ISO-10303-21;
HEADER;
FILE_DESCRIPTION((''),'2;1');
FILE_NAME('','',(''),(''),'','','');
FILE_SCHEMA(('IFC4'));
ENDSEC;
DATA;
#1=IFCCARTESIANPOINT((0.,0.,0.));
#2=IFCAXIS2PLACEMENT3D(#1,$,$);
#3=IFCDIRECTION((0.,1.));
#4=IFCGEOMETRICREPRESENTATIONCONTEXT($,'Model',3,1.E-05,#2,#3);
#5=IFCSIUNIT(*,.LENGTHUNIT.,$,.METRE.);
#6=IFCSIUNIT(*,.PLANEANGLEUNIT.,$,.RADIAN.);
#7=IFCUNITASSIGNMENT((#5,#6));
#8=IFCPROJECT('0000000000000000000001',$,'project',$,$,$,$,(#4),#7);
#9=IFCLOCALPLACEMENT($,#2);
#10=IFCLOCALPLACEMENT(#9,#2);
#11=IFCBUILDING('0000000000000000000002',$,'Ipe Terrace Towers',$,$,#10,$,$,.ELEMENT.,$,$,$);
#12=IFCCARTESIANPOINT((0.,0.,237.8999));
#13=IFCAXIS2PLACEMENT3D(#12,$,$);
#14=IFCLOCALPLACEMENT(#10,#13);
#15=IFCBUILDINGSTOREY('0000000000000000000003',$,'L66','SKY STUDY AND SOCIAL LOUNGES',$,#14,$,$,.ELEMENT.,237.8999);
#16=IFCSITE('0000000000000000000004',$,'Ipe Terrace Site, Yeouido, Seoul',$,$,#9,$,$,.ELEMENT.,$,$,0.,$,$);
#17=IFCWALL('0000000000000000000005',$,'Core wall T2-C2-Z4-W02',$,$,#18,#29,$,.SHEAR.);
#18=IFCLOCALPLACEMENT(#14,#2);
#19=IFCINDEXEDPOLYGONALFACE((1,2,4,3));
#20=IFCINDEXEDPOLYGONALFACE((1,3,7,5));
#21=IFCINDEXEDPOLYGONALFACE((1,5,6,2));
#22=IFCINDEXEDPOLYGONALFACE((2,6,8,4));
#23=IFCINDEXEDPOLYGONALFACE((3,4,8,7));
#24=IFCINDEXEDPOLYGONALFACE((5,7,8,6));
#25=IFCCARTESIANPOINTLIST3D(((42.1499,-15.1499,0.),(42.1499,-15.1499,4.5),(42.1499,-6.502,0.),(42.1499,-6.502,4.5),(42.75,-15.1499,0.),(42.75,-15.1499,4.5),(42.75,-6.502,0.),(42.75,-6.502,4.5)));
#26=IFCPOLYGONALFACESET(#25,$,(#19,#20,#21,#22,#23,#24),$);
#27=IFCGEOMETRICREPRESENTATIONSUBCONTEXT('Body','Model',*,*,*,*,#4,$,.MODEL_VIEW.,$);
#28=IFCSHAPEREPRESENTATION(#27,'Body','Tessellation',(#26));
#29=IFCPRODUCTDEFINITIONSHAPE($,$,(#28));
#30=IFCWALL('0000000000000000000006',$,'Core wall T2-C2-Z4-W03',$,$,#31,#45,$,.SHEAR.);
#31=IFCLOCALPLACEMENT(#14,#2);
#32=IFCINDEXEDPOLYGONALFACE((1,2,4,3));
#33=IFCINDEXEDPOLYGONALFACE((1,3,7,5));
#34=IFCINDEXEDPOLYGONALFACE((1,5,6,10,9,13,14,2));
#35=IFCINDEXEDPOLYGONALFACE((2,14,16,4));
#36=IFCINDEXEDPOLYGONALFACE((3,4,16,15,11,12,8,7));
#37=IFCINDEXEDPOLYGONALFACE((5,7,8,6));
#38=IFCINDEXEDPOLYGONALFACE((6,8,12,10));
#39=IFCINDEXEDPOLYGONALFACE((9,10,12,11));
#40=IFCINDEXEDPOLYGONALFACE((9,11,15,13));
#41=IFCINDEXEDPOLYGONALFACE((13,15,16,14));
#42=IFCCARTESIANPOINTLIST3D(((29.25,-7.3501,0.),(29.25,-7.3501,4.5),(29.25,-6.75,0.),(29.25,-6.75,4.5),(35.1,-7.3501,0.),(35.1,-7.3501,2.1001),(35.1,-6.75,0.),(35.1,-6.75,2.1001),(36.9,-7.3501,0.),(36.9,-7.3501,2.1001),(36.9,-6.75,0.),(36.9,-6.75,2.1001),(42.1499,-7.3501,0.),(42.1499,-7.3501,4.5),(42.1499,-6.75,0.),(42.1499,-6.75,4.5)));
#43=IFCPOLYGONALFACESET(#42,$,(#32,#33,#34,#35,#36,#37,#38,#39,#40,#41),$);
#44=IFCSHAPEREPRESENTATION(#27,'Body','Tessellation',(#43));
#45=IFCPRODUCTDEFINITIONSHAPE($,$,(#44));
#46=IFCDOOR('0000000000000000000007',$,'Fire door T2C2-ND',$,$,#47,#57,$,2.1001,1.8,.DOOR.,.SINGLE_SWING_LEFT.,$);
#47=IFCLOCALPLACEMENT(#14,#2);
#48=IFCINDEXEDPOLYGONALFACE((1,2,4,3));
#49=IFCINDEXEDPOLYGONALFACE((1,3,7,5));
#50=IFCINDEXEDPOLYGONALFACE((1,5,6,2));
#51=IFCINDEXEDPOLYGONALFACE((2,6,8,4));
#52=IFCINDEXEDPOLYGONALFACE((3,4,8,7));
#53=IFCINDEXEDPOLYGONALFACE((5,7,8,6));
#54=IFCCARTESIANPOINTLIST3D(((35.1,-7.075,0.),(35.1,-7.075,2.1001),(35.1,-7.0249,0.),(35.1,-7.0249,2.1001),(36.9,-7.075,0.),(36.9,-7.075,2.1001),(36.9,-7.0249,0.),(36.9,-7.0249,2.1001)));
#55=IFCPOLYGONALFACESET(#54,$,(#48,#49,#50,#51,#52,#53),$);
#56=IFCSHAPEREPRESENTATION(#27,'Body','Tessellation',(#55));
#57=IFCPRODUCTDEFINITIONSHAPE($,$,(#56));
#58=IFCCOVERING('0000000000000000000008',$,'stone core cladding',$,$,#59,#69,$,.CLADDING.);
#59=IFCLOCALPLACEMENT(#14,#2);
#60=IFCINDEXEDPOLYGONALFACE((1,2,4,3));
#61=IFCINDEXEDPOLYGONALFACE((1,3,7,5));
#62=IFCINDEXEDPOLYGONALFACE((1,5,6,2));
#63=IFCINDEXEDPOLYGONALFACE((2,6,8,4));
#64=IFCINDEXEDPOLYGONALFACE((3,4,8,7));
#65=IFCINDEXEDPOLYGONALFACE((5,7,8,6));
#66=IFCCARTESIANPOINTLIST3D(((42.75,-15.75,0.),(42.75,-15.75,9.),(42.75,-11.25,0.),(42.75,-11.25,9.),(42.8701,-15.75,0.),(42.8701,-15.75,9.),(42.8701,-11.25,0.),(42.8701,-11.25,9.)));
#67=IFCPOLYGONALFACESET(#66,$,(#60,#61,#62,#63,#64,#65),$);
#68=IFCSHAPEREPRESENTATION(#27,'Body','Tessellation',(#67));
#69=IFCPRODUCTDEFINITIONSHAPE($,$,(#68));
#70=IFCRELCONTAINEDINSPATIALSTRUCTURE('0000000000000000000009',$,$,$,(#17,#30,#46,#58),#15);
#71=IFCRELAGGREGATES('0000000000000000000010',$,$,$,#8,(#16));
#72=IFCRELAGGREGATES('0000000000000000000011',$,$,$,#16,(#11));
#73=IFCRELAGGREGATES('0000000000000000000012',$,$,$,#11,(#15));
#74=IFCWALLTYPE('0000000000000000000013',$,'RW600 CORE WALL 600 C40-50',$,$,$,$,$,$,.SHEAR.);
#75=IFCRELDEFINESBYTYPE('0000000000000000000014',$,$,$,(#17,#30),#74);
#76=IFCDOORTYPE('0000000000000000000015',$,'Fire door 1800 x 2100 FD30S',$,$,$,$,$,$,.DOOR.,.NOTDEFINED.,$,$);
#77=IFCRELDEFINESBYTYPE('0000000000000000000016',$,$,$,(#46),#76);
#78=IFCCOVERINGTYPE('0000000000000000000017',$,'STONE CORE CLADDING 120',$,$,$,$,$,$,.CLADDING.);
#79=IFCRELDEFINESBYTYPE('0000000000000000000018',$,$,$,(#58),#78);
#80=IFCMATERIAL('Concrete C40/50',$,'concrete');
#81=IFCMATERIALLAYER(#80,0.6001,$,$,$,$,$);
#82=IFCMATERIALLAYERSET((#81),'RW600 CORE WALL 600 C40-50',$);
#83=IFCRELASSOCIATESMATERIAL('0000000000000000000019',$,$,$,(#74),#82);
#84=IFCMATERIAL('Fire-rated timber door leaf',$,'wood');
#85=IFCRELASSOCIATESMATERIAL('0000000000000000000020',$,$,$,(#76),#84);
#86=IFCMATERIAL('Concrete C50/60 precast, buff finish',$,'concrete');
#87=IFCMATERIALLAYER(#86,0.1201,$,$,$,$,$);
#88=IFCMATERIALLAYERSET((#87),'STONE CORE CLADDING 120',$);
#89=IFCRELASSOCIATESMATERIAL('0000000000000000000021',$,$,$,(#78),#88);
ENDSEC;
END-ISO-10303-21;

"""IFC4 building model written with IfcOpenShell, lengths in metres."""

from ifc_helpers import new_model, si_unit, direction, frame, frame_2d, origin, origin_2d, place, context, subcontext, project, spatial, rectangle, extrude, material, layer, layer_set, type_object, element, fill, save


model = new_model("IFC4")

# Units and contexts
model_context = context("Model", 3, precision=1e-05, world=origin(), true_north=direction((0.0, 1.0)))
body_context = subcontext(model_context, "Body", "Model", "MODEL_VIEW")
ifc_project = project(units=[si_unit("LENGTHUNIT", "METRE"), si_unit("PLANEANGLEUNIT", "RADIAN")], contexts=[model_context])

# Site, building, storey
site_placement = place(None, origin())
site = spatial("IfcSite", under=ifc_project, at=site_placement, Name="Ipe Terrace Site, Yeouido, Seoul", CompositionType="ELEMENT", RefElevation=0.0)
building_placement = place(site_placement, origin())
building = spatial("IfcBuilding", under=site, at=building_placement, Name="Ipe Terrace Towers", CompositionType="ELEMENT")
storey_placement = place(building_placement, frame((0.0, 0.0, 237.8999)))
storey = spatial("IfcBuildingStorey", under=building, at=storey_placement, Name="L66", Description="SKY STUDY AND SOCIAL LOUNGES", CompositionType="ELEMENT", Elevation=237.8999)

# Wall
ifc_material_1 = material(Name="Concrete C40/50", Category="concrete")
ifc_layer_1 = layer(ifc_material_1, 0.6001)
ifc_layer_set_1 = layer_set([ifc_layer_1], Name="RW600 CORE WALL 600 C40-50")
wall_type_1 = type_object("IfcWallType", Name="RW600 CORE WALL 600 C40-50", PredefinedType="SHEAR", material=ifc_layer_set_1)
wall_1_placement = place(storey_placement, frame((42.45, -15.1499, 0.0), z_axis=(0.0, 0.0, 1.0), x_axis=(0.0, 1.0, 0.0)))
element("IfcWall", 1, at=wall_1_placement, inside=storey, type_object=wall_type_1, Name="Core wall T2-C2-Z4-W02", PredefinedType="SHEAR", context=body_context, shape_type="SweptSolid", body=[
    extrude(rectangle(XDim=8.6479, YDim=0.6001, at=frame_2d((4.324, 0.0))), origin(), (0.0, 0.0, 1.0), 4.5),
])

# Wall, opening, door
wall_2_placement = place(storey_placement, frame((42.1499, -7.05, 0.0), z_axis=(0.0, 0.0, 1.0), x_axis=(-1.0, 0.0, 0.0)))
wall_2 = element("IfcWall", 2, at=wall_2_placement, inside=storey, type_object=wall_type_1, Name="Core wall T2-C2-Z4-W03", PredefinedType="SHEAR", context=body_context, shape_type="SweptSolid", body=[
    extrude(rectangle(XDim=12.8999, YDim=0.6001, at=frame_2d((6.45, 0.0))), origin(), (0.0, 0.0, 1.0), 4.5),
])
opening_1_placement = place(wall_2_placement, frame((5.25, 0.0, 0.0)))
opening_1 = element("IfcOpeningElement", 3, at=opening_1_placement, cuts=wall_2, PredefinedType="OPENING", context=body_context, shape_type="SweptSolid", body=[
    extrude(rectangle(XDim=1.8, YDim=2.1001, at=frame_2d((0.8999, 1.05))), frame((0.0, 0.3101, 0.0), z_axis=(0.0, -1.0, 0.0), x_axis=(1.0, 0.0, 0.0)), (0.0, 0.0, 1.0), 0.6201),
])
ifc_material_2 = material(Name="Fire-rated timber door leaf", Category="wood")
door_type_1 = type_object("IfcDoorType", Name="Fire door 1800 x 2100 FD30S", OperationType="NOTDEFINED", PredefinedType="DOOR", material=ifc_material_2)
door_1_placement = place(opening_1_placement, origin())
door_1 = element("IfcDoor", 4, at=door_1_placement, inside=storey, type_object=door_type_1, Name="Fire door T2C2-ND", OperationType="SINGLE_SWING_LEFT", OverallHeight=2.1001, OverallWidth=1.8, PredefinedType="DOOR", context=body_context, shape_type="SweptSolid", body=[
    extrude(rectangle(XDim=1.8, YDim=2.1001, at=frame_2d((0.8999, 1.05))), frame((0.0, 0.0249, 0.0), z_axis=(0.0, -1.0, 0.0), x_axis=(1.0, 0.0, 0.0)), (0.0, 0.0, 1.0), 0.05),
])
fill(opening_1, door_1)

# Covering
ifc_material_3 = material(Name="Concrete C50/60 precast, buff finish", Category="concrete")
ifc_layer_2 = layer(ifc_material_3, 0.1201)
ifc_layer_set_2 = layer_set([ifc_layer_2], Name="STONE CORE CLADDING 120")
covering_type = type_object("IfcCoveringType", Name="STONE CORE CLADDING 120", PredefinedType="CLADDING", material=ifc_layer_set_2)
covering_placement = place(storey_placement, frame((42.8101, -13.5, 0.0), z_axis=(0.0, 0.0, 1.0), x_axis=(0.0, 1.0, 0.0)))
element("IfcCovering", 5, at=covering_placement, inside=storey, type_object=covering_type, Name="stone core cladding", PredefinedType="CLADDING", context=body_context, shape_type="SweptSolid", body=[
    extrude(rectangle(XDim=4.5, YDim=0.1201, at=origin_2d()), origin(), (0.0, 0.0, 1.0), 9.0),
])

save(model, "model.ifc")
